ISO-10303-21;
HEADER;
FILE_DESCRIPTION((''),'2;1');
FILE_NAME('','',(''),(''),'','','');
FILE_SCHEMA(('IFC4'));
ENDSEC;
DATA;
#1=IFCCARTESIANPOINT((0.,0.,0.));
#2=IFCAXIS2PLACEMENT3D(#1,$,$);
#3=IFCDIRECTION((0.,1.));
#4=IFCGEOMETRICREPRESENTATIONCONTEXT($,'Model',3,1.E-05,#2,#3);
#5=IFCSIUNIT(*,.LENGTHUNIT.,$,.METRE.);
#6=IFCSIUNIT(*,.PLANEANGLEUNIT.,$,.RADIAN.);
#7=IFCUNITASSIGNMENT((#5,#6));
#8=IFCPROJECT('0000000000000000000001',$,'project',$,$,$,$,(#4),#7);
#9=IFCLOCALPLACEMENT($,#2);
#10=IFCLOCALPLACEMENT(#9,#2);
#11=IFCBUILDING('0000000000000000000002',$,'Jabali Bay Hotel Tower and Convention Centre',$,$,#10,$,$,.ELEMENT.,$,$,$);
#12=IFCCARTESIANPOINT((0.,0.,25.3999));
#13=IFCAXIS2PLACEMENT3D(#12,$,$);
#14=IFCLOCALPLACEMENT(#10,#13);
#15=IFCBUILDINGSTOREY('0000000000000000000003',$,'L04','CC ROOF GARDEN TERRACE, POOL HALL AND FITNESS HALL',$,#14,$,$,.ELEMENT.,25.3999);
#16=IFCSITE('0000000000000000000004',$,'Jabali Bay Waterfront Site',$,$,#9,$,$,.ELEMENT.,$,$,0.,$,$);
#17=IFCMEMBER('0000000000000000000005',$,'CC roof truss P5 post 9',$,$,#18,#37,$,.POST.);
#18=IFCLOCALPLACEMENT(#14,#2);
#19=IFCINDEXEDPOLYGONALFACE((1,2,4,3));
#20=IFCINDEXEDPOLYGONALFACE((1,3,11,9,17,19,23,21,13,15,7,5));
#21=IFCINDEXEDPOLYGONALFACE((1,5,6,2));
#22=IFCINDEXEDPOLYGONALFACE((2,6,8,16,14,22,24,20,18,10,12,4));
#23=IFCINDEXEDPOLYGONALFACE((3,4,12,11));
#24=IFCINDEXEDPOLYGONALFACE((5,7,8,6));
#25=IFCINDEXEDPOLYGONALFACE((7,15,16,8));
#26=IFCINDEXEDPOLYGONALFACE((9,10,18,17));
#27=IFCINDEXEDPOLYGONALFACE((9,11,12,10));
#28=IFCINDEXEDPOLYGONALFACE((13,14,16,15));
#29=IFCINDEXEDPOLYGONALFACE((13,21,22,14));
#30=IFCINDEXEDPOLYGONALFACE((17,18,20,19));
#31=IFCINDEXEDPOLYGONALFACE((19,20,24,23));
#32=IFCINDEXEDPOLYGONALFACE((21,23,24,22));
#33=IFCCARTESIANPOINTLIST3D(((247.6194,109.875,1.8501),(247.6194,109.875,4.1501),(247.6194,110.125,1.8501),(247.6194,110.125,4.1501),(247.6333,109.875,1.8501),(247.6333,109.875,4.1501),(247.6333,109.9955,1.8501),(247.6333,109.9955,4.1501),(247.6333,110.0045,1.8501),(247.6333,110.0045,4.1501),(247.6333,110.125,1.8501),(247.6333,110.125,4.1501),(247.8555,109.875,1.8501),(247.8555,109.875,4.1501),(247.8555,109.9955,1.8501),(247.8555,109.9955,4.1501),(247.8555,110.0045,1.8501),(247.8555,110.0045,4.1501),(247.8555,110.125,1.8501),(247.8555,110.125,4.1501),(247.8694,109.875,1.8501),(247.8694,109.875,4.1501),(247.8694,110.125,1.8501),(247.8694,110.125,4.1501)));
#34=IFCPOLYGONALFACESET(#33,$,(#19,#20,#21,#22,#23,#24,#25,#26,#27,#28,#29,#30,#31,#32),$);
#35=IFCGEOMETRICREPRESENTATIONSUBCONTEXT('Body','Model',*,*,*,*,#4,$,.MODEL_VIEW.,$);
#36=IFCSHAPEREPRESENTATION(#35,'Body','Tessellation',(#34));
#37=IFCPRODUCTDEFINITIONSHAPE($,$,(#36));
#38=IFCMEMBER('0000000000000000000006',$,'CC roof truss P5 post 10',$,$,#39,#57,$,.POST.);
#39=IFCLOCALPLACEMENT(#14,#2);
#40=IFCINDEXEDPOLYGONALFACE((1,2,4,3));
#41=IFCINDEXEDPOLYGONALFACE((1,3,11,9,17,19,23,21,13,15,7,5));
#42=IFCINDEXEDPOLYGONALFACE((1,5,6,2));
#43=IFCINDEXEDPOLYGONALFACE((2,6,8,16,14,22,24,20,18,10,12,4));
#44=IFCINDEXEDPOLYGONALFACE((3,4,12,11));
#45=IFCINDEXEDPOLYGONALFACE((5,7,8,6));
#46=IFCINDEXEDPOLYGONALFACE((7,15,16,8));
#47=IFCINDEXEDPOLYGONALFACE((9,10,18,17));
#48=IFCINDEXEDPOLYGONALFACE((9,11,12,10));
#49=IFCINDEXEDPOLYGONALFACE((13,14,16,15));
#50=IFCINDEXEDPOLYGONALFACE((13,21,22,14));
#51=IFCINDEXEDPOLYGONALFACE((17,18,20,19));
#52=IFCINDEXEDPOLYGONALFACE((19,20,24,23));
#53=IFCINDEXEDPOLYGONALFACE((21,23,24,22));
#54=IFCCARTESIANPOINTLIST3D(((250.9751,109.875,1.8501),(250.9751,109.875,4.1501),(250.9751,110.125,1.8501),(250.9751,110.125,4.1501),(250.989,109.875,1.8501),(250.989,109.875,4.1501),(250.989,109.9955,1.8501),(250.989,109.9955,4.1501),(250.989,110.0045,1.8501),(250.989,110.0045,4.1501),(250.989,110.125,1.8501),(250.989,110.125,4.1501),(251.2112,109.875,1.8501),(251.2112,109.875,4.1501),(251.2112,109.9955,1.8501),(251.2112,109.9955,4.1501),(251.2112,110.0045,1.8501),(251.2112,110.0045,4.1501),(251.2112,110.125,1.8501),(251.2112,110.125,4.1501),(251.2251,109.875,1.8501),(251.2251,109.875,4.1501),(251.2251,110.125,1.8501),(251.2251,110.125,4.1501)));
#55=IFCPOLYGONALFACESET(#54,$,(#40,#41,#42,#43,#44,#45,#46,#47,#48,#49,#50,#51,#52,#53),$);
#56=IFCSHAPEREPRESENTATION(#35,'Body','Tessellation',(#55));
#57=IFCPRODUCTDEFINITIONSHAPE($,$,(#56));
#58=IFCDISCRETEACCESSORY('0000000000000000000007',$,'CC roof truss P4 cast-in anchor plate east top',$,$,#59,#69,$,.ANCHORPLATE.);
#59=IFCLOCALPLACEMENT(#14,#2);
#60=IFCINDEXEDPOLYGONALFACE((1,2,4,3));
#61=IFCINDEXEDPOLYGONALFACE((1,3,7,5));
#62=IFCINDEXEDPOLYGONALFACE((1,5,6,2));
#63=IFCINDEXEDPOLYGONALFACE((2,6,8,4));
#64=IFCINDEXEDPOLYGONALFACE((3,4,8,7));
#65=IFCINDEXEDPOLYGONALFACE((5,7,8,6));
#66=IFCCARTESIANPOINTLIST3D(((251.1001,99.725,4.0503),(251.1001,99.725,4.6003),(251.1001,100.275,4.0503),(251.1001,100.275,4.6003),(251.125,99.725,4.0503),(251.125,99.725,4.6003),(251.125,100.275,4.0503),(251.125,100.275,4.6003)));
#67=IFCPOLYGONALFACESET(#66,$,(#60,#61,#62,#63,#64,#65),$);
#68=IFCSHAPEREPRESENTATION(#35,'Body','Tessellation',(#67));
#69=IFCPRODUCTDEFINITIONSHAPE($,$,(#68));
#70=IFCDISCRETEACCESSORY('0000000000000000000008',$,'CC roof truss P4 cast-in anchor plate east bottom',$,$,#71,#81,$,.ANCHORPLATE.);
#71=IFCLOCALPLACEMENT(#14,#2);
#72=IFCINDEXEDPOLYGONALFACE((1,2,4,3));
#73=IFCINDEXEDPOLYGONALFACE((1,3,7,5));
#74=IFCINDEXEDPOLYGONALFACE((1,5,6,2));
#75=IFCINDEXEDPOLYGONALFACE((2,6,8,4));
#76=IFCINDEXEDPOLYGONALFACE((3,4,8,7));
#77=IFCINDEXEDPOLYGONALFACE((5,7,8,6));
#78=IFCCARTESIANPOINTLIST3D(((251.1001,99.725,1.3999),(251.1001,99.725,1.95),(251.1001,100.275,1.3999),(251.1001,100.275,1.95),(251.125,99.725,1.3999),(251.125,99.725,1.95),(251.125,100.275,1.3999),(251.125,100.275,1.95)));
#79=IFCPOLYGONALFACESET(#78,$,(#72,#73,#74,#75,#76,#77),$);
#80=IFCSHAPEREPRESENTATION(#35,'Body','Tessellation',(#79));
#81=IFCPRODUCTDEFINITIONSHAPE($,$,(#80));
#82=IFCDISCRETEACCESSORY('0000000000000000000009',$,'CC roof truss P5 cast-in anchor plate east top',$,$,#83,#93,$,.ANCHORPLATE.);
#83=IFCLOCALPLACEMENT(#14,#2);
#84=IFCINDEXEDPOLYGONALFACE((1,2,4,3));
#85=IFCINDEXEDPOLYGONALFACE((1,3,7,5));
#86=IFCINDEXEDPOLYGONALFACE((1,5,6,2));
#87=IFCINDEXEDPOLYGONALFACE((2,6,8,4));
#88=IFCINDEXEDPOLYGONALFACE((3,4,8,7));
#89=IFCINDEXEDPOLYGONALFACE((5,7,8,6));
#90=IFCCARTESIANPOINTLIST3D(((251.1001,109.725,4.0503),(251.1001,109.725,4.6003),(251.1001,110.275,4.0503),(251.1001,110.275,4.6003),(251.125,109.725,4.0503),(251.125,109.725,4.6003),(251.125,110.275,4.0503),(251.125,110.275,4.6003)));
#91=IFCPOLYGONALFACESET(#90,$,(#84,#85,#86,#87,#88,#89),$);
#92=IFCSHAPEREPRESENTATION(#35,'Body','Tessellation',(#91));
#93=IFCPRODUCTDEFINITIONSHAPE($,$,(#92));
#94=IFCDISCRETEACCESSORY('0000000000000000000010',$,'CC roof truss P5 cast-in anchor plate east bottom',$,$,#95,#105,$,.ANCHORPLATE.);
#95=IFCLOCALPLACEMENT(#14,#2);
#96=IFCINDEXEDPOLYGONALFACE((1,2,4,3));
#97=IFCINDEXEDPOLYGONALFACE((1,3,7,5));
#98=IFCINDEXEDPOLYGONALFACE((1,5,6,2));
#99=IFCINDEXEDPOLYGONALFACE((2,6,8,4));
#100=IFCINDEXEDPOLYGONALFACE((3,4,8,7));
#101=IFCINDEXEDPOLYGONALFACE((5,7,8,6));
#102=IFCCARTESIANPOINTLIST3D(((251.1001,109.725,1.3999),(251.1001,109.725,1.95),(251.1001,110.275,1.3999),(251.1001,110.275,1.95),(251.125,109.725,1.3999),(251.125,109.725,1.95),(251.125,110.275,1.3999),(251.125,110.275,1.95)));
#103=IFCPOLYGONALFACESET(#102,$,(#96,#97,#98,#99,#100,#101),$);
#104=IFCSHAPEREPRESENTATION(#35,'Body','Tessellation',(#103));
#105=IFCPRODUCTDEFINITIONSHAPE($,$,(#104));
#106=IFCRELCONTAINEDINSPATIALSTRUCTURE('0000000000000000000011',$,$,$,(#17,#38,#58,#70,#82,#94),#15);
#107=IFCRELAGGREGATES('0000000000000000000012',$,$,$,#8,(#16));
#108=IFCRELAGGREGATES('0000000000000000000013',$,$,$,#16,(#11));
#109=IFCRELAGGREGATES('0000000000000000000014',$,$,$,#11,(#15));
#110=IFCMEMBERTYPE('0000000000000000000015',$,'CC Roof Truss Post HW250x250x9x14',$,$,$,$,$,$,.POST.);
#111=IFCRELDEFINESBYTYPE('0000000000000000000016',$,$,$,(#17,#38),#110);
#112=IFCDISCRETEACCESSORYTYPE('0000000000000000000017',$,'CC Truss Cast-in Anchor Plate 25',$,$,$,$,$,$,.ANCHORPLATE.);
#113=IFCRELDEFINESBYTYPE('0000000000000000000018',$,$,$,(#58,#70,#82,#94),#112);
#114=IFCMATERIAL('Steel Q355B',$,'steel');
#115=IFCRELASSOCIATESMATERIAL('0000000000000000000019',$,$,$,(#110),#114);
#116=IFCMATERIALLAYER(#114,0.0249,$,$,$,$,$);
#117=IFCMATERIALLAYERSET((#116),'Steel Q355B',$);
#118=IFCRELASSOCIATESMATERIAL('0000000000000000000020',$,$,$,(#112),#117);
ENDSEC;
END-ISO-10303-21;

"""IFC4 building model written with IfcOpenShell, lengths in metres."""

from ifc_helpers import new_model, si_unit, direction, frame, origin, origin_2d, place, context, subcontext, project, spatial, rectangle, i_section, extrude, material, layer, layer_set, material_profile, profile_set, type_object, element, save


model = new_model("IFC4")

# Units and contexts
model_context = context("Model", 3, precision=1e-05, world=origin(), true_north=direction((0.0, 1.0)))
body_context = subcontext(model_context, "Body", "Model", "MODEL_VIEW")
ifc_project = project(units=[si_unit("LENGTHUNIT", "METRE"), si_unit("PLANEANGLEUNIT", "RADIAN")], contexts=[model_context])

# Site, building, storey
site_placement = place(None, origin())
site = spatial("IfcSite", under=ifc_project, at=site_placement, Name="Jabali Bay Waterfront Site", CompositionType="ELEMENT", RefElevation=0.0)
building_placement = place(site_placement, origin())
building = spatial("IfcBuilding", under=site, at=building_placement, Name="Jabali Bay Hotel Tower and Convention Centre", CompositionType="ELEMENT")
storey_placement = place(building_placement, frame((0.0, 0.0, 25.3999)))
storey = spatial("IfcBuildingStorey", under=building, at=storey_placement, Name="L04", Description="CC ROOF GARDEN TERRACE, POOL HALL AND FITNESS HALL", CompositionType="ELEMENT", Elevation=25.3999)

# Members
ifc_material = material(Name="Steel Q355B", Category="steel")
ifc_material_profile_1 = material_profile(ifc_material, i_section(OverallWidth=0.25, OverallDepth=0.25, WebThickness=0.009, FlangeThickness=0.0139, at=origin_2d()), Name="HW250x250x9x14")
ifc_profile_set_1 = profile_set([ifc_material_profile_1], Name="Steel Q355B")
member_type_1 = type_object("IfcMemberType", Name="CC Roof Truss Post HW250x250x9x14", PredefinedType="POST", material=ifc_profile_set_1)
for number, where, z_axis, x_axis, name in (
    (1, (247.7444, 110.0, 1.8501), (0.0, 0.0, 1.0), (0.0, 1.0, 0.0), "CC roof truss P5 post 9"),
    (2, (251.1001, 110.0, 1.8501), (0.0, 0.0, 1.0), (0.0, 1.0, 0.0), "CC roof truss P5 post 10"),
):
    element("IfcMember", number, at=place(storey_placement, frame(where, z_axis=z_axis, x_axis=x_axis)), inside=storey, type_object=member_type_1, Name=name, PredefinedType="POST", context=body_context, shape_type="SweptSolid", body=[
        extrude(i_section(OverallWidth=0.25, OverallDepth=0.25, WebThickness=0.009, FlangeThickness=0.0139, at=origin_2d()), origin(), (0.0, 0.0, 1.0), 2.3),
    ])

# Discrete accessories
ifc_layer = layer(ifc_material, 0.0249)
ifc_layer_set = layer_set([ifc_layer], Name="Steel Q355B")
discrete_accessory_type = type_object("IfcDiscreteAccessoryType", Name="CC Truss Cast-in Anchor Plate 25", PredefinedType="ANCHORPLATE", material=ifc_layer_set)
for number, where, z_axis, x_axis, name in (
    (3, (251.1125, 100.0, 4.0503), (0.0, 0.0, 1.0), (1.0, 0.0, 0.0), "CC roof truss P4 cast-in anchor plate east top"),
    (4, (251.1125, 100.0, 1.3999), (0.0, 0.0, 1.0), (1.0, 0.0, 0.0), "CC roof truss P4 cast-in anchor plate east bottom"),
    (5, (251.1125, 110.0, 4.0503), (0.0, 0.0, 1.0), (1.0, 0.0, 0.0), "CC roof truss P5 cast-in anchor plate east top"),
    (6, (251.1125, 110.0, 1.3999), (0.0, 0.0, 1.0), (1.0, 0.0, 0.0), "CC roof truss P5 cast-in anchor plate east bottom"),
):
    element("IfcDiscreteAccessory", number, at=place(storey_placement, frame(where, z_axis=z_axis, x_axis=x_axis)), inside=storey, type_object=discrete_accessory_type, Name=name, PredefinedType="ANCHORPLATE", context=body_context, shape_type="SweptSolid", body=[
        extrude(rectangle(XDim=0.0249, YDim=0.55, at=origin_2d()), origin(), (0.0, 0.0, 1.0), 0.55),
    ])

save(model, "model.ifc")
